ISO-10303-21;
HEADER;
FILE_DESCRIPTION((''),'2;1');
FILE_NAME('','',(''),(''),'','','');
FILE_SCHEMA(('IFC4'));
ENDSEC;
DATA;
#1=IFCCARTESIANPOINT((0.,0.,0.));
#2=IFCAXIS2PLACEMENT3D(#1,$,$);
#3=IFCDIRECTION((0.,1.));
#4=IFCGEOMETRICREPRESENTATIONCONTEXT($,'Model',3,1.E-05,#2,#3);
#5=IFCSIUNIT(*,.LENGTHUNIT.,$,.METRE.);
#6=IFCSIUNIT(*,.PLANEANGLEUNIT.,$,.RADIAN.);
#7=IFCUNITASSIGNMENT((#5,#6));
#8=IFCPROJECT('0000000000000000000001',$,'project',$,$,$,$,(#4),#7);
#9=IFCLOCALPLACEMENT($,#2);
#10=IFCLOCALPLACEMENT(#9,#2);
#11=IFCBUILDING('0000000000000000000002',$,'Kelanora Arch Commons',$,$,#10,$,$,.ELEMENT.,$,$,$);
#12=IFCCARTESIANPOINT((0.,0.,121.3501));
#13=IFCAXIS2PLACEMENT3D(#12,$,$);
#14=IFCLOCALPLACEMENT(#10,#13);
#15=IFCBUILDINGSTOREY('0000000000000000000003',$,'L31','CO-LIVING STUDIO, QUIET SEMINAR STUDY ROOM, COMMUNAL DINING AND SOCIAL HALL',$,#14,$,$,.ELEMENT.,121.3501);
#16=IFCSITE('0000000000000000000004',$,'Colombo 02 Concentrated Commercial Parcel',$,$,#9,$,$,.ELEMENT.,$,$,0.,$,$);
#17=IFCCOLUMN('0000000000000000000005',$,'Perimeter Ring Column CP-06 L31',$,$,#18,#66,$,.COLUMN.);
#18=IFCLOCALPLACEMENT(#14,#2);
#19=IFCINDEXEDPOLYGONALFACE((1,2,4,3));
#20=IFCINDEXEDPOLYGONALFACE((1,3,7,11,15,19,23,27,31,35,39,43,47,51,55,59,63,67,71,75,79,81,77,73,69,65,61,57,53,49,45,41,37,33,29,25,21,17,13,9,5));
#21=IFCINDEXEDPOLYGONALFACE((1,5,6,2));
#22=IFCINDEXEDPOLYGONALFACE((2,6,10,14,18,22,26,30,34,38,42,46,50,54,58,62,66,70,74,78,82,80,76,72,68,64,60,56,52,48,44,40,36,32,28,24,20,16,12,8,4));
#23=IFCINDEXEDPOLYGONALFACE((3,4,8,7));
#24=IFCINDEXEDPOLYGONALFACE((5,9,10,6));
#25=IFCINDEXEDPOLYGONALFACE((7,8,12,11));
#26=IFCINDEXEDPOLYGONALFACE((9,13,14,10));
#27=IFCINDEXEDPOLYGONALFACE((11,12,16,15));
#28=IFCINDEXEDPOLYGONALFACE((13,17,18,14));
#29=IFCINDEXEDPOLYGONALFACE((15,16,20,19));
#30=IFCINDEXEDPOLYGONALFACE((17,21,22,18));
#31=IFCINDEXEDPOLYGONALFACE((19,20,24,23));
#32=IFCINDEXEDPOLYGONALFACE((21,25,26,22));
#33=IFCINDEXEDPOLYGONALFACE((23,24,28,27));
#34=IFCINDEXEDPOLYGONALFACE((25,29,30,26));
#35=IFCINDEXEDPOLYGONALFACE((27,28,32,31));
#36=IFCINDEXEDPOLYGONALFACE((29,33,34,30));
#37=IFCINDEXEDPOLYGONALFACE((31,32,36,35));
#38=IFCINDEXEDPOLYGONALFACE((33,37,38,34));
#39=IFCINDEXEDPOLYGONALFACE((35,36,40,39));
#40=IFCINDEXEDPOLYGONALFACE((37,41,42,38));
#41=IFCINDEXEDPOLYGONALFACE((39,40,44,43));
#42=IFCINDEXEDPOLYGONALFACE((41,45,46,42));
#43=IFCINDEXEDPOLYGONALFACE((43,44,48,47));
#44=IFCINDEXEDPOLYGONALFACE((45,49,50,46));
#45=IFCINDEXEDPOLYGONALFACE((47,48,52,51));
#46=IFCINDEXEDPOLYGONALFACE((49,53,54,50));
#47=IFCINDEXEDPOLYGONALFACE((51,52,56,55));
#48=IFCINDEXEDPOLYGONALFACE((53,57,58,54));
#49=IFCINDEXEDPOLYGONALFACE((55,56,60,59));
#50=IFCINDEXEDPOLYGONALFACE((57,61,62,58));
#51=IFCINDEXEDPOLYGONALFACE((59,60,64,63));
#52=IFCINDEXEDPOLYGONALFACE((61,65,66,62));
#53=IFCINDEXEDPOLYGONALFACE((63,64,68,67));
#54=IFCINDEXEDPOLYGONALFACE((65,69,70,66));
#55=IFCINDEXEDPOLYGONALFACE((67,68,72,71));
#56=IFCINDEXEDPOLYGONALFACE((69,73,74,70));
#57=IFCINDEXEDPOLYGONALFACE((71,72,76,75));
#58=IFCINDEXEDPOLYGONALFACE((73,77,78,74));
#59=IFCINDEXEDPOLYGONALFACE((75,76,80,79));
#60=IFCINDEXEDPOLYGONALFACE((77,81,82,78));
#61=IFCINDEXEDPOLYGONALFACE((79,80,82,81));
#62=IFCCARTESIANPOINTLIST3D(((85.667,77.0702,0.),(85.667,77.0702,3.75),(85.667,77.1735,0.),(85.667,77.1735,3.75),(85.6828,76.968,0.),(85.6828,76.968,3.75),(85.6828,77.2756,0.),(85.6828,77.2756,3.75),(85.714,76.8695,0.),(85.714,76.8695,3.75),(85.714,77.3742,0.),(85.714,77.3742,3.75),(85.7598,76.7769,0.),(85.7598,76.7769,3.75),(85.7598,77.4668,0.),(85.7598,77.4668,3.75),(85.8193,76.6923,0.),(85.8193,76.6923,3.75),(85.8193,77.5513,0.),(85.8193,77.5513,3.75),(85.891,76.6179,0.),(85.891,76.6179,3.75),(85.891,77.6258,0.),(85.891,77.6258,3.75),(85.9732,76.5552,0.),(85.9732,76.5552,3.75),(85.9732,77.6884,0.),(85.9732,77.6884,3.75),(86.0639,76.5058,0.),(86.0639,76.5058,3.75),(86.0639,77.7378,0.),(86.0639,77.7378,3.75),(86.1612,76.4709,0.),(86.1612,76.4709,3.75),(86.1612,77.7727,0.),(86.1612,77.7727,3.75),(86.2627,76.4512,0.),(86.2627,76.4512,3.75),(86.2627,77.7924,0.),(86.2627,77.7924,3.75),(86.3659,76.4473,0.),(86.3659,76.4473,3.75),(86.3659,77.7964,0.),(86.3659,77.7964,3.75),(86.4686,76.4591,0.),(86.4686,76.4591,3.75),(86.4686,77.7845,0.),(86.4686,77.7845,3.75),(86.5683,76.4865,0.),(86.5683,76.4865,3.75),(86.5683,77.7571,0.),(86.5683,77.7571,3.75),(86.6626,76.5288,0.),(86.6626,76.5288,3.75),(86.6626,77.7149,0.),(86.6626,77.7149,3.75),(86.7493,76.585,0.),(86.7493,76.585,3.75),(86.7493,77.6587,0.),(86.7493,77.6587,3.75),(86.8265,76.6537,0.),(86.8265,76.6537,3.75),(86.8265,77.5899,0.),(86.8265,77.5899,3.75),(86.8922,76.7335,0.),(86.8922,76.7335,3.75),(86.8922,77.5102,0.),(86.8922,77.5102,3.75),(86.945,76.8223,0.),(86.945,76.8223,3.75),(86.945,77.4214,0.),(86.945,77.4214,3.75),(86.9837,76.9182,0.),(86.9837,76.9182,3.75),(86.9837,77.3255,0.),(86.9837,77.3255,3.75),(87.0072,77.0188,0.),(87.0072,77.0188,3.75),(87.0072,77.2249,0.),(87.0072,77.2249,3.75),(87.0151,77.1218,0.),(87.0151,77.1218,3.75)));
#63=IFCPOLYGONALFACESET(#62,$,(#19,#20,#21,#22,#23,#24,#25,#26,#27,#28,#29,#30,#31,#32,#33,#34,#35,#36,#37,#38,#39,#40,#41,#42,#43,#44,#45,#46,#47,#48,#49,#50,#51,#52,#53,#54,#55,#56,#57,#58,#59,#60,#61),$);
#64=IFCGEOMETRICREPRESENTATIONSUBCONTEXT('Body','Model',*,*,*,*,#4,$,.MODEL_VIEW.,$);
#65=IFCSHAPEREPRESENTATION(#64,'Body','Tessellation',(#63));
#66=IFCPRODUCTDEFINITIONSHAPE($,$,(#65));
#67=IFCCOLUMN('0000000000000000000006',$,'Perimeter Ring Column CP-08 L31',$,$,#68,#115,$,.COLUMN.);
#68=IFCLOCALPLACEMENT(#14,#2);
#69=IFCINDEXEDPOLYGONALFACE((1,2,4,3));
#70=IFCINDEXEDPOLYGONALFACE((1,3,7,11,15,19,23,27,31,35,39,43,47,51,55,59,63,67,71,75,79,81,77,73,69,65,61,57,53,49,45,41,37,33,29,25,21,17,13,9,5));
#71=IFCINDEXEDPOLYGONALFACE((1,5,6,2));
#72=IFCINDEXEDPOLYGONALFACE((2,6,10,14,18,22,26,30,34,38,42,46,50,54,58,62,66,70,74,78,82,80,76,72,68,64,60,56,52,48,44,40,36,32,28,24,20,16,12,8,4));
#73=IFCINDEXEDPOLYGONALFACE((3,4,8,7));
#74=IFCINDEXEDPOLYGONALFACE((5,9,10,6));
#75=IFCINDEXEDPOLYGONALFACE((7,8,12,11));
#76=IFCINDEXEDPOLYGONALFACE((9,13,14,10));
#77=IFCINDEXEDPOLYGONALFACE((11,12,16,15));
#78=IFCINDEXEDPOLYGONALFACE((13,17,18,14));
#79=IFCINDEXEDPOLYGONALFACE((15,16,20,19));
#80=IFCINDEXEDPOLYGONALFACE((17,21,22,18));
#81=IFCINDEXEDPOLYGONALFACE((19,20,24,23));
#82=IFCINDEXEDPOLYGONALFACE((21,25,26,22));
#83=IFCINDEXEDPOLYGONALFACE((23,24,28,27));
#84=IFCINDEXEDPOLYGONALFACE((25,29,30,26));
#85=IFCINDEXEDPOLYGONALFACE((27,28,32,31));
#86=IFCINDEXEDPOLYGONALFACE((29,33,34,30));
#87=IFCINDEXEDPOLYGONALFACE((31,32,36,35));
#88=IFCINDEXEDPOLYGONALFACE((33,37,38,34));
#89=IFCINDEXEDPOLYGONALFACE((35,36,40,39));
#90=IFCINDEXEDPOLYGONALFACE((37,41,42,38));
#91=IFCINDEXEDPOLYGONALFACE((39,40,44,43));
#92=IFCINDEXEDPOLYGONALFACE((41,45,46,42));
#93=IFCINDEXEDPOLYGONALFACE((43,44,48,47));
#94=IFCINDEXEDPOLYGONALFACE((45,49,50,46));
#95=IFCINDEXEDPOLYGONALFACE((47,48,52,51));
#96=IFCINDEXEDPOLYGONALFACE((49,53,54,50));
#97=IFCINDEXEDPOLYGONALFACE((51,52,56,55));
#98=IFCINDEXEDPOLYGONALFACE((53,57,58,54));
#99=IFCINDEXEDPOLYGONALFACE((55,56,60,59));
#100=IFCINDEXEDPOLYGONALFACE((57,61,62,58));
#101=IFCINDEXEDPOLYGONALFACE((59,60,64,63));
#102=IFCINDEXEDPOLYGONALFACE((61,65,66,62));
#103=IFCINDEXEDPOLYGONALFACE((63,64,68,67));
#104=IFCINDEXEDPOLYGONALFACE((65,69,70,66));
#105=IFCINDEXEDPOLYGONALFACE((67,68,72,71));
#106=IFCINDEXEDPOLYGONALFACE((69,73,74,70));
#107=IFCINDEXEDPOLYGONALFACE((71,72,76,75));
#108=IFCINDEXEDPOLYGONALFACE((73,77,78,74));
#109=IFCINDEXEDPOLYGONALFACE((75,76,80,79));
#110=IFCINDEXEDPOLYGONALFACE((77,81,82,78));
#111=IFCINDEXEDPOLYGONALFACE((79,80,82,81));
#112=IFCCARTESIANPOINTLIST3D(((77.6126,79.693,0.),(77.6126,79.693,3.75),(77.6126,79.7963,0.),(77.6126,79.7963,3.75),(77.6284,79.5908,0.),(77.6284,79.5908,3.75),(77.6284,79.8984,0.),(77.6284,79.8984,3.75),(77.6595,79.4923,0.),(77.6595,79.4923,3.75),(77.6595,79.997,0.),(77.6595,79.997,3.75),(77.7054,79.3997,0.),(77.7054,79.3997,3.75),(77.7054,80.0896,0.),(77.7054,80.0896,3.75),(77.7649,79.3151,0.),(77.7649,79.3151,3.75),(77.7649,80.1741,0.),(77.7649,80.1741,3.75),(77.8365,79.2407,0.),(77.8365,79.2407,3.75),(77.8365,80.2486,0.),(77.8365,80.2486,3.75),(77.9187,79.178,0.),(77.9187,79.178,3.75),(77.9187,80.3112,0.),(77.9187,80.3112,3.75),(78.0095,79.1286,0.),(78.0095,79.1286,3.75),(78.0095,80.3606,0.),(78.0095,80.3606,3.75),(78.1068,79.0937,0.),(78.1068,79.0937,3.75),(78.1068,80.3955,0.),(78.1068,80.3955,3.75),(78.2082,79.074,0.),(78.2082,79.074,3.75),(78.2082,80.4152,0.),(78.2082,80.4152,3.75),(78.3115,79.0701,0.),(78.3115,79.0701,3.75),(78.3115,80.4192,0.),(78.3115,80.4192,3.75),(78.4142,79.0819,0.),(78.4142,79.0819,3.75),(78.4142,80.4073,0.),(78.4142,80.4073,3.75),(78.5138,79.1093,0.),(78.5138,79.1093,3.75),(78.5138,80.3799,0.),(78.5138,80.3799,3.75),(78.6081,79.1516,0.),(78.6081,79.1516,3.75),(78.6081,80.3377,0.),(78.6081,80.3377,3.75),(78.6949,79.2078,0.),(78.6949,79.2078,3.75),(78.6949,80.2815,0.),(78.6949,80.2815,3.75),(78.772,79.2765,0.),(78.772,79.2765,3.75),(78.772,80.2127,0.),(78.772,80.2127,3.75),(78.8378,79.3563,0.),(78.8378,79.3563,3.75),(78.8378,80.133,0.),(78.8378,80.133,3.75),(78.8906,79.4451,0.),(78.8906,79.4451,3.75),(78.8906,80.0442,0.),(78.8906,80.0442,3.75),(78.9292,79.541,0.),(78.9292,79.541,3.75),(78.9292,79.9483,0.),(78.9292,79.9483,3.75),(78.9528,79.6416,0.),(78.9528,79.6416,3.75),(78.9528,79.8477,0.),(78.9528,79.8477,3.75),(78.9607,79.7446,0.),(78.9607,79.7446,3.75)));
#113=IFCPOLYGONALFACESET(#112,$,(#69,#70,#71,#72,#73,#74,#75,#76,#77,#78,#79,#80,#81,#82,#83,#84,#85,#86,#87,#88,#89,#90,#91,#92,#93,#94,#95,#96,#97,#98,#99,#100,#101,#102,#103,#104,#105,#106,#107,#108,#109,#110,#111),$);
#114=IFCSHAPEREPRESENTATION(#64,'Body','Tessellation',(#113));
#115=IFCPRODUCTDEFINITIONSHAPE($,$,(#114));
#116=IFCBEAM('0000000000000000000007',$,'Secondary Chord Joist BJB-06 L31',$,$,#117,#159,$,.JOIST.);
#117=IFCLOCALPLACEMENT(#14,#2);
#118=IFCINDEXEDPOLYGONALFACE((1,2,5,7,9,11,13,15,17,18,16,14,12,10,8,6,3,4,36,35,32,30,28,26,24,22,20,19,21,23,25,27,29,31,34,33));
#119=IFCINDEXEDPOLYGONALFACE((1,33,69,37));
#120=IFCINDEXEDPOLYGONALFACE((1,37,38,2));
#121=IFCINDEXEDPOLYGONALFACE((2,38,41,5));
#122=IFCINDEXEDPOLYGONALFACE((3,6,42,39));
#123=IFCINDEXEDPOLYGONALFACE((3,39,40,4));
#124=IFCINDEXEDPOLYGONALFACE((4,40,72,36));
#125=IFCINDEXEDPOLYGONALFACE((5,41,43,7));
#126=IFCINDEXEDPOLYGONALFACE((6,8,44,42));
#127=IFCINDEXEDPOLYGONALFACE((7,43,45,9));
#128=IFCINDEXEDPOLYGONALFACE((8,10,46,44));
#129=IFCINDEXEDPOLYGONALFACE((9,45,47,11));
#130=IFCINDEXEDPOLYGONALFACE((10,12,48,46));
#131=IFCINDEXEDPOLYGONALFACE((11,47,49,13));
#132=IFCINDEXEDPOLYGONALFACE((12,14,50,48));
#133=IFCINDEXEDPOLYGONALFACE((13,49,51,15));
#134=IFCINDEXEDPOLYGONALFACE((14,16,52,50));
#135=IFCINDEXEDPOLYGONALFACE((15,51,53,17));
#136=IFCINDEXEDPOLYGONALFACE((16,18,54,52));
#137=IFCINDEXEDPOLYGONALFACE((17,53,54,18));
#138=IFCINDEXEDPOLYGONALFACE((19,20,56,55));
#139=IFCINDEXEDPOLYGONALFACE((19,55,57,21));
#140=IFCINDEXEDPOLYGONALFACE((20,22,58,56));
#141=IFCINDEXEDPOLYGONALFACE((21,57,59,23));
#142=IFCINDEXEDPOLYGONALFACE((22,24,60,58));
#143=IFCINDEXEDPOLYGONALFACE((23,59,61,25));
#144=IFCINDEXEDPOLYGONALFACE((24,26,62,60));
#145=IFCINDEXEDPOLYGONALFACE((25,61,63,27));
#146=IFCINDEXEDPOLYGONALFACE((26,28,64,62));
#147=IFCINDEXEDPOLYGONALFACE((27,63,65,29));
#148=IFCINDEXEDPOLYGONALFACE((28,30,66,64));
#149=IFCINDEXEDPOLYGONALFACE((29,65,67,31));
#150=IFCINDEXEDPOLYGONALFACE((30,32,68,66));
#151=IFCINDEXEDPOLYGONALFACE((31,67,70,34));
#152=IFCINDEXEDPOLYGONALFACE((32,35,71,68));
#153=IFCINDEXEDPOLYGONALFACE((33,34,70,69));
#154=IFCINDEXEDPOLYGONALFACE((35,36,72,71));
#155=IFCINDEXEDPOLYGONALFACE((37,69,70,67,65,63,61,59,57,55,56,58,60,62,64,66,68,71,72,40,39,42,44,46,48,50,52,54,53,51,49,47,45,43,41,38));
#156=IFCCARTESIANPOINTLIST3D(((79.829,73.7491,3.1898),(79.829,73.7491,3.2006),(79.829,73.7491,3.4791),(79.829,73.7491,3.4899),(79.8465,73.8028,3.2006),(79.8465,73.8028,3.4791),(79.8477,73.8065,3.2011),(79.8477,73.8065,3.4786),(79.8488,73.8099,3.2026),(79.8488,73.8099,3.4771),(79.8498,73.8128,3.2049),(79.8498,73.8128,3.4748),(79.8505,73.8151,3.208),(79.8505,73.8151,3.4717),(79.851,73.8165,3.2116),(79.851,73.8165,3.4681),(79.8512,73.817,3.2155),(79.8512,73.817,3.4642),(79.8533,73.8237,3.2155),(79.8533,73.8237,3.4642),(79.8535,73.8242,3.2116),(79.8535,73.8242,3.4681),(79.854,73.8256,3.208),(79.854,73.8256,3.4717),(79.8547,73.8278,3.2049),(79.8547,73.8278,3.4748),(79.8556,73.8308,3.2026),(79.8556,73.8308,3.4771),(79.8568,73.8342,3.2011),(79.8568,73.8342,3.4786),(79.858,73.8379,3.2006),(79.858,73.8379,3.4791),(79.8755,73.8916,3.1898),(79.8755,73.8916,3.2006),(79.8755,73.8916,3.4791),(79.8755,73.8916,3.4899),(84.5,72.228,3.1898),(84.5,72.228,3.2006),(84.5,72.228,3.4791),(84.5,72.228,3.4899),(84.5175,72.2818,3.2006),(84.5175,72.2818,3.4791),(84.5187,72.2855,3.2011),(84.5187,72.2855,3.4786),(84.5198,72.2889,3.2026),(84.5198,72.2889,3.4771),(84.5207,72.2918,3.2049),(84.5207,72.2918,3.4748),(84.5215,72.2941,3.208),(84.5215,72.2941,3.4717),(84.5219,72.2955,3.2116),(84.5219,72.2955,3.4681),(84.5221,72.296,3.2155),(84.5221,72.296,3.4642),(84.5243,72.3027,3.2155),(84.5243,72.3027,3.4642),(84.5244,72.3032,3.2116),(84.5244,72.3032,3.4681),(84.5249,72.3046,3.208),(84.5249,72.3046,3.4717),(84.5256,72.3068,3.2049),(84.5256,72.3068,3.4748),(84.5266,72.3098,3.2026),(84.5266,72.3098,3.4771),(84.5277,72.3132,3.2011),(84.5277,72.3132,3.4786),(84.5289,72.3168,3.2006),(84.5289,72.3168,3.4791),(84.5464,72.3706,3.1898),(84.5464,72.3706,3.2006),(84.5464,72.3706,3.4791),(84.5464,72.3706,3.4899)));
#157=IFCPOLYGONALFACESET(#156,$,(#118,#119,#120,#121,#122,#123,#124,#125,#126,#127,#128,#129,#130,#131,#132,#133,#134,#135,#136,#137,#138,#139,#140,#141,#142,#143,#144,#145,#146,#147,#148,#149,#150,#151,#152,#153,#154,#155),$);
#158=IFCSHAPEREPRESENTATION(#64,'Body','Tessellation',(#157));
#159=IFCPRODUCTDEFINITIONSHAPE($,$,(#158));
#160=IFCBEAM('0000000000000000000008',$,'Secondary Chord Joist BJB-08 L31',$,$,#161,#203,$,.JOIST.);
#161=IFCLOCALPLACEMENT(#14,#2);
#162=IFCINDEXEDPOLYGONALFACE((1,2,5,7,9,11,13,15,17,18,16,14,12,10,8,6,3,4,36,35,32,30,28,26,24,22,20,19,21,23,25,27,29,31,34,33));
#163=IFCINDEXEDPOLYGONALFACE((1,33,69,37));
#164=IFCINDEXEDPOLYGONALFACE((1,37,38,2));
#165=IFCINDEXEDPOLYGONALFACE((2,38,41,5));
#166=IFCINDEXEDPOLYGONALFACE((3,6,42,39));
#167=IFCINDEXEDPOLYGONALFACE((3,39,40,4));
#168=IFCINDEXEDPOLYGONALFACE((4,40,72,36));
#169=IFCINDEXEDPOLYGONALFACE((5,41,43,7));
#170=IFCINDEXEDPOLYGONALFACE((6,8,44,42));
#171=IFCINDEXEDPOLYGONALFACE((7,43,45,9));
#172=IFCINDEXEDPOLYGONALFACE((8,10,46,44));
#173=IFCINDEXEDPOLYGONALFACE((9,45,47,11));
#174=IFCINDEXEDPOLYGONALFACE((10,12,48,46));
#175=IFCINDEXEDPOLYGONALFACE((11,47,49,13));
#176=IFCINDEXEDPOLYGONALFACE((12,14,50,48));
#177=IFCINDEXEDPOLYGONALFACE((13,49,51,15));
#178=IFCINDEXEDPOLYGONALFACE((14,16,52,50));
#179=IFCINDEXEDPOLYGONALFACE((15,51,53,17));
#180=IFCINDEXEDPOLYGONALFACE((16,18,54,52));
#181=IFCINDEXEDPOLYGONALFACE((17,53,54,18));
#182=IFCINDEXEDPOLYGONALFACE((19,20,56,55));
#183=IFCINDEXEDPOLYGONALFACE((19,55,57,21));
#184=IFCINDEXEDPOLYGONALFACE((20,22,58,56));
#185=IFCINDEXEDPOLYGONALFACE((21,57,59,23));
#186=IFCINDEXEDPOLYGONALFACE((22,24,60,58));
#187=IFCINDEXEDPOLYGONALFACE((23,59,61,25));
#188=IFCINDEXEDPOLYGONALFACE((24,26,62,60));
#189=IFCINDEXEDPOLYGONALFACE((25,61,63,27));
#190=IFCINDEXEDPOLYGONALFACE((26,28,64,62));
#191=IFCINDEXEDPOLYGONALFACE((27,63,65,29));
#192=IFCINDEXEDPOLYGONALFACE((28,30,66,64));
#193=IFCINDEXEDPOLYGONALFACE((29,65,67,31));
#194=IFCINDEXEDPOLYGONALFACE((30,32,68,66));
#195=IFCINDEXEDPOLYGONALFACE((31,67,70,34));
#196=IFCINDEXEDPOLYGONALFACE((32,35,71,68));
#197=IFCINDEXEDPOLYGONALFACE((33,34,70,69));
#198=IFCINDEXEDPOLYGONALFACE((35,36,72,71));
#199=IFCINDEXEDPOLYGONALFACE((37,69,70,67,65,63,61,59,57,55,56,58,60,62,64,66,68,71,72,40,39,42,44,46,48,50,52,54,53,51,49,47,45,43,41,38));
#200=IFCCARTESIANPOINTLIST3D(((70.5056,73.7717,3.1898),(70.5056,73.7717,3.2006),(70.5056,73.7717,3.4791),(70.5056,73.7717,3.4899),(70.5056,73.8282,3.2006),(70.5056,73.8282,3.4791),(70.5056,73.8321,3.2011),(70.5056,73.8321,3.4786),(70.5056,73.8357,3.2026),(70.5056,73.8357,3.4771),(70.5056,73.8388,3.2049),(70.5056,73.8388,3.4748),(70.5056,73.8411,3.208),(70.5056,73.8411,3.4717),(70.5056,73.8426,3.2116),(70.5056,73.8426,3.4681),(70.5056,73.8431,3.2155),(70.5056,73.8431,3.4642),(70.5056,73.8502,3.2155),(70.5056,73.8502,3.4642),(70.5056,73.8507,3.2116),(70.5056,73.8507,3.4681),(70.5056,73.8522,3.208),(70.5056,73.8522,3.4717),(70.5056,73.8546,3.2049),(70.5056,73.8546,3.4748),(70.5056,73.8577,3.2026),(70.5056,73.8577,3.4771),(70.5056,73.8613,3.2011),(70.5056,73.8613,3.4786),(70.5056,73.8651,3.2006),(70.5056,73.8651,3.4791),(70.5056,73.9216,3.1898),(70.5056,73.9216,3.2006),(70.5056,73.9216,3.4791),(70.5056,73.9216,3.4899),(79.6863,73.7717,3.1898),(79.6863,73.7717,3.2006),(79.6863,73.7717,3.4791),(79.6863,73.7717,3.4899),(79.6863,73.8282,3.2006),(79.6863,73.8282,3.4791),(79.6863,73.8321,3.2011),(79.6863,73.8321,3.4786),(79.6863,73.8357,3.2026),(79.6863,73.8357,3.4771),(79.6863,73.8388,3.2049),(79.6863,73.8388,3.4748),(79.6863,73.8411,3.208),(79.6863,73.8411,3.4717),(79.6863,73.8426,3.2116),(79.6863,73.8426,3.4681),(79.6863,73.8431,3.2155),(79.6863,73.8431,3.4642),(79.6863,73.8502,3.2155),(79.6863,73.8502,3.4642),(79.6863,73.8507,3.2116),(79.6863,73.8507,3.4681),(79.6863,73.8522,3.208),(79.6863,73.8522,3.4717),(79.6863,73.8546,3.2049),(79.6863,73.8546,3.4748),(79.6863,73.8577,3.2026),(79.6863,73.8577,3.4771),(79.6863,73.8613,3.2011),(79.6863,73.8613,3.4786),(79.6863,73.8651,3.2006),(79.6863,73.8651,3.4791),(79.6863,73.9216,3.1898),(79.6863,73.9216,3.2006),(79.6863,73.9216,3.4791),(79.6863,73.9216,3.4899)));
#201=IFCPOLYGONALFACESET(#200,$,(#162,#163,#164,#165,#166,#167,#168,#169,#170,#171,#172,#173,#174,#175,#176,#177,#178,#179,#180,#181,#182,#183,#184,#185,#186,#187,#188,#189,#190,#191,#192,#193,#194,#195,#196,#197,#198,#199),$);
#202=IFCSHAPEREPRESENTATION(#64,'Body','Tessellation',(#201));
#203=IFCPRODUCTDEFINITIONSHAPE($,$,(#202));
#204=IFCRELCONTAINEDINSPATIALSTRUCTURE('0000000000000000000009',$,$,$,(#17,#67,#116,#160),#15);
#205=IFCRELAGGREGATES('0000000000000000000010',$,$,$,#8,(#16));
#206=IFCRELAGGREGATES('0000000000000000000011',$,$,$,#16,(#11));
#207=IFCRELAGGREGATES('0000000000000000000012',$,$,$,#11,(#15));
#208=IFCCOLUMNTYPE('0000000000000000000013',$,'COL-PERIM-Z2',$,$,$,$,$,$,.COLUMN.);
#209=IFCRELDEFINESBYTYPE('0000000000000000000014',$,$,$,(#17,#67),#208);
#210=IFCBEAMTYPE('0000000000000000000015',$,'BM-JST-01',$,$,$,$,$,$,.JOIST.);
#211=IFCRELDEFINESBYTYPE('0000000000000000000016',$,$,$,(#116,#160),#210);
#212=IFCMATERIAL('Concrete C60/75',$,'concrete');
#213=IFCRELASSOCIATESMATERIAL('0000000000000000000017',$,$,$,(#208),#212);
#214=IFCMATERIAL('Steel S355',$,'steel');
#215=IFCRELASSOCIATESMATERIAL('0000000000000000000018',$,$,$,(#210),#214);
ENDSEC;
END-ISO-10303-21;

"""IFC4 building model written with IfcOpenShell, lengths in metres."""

from ifc_helpers import new_model, si_unit, direction, frame, origin, origin_2d, place, context, subcontext, project, spatial, circle, i_section, extrude, material, material_profile, profile_set, type_object, element, save


model = new_model("IFC4")

# Units and contexts
model_context = context("Model", 3, precision=1e-05, world=origin(), true_north=direction((0.0, 1.0)))
body_context = subcontext(model_context, "Body", "Model", "MODEL_VIEW")
ifc_project = project(units=[si_unit("LENGTHUNIT", "METRE"), si_unit("PLANEANGLEUNIT", "RADIAN")], contexts=[model_context])

# Site, building, storey
site_placement = place(None, origin())
site = spatial("IfcSite", under=ifc_project, at=site_placement, Name="Colombo 02 Concentrated Commercial Parcel", CompositionType="ELEMENT", RefElevation=0.0)
building_placement = place(site_placement, origin())
building = spatial("IfcBuilding", under=site, at=building_placement, Name="Kelanora Arch Commons", CompositionType="ELEMENT")
storey_placement = place(building_placement, frame((0.0, 0.0, 121.3501)))
storey = spatial("IfcBuildingStorey", under=building, at=storey_placement, Name="L31", Description="CO-LIVING STUDIO, QUIET SEMINAR STUDY ROOM, COMMUNAL DINING AND SOCIAL HALL", CompositionType="ELEMENT", Elevation=121.3501)

# Columns
ifc_material_1 = material(Name="Concrete C60/75", Category="concrete")
ifc_material_profile_1 = material_profile(ifc_material_1, circle(Radius=0.675, at=origin_2d()), Name="RCC1350")
ifc_profile_set_1 = profile_set([ifc_material_profile_1], Name="Concrete C60/75")
column_type = type_object("IfcColumnType", Name="COL-PERIM-Z2", PredefinedType="COLUMN", material=ifc_profile_set_1)
for number, where, z_axis, x_axis, name in (
    (1, (86.3401, 77.1218, 0.0), (0.0, 0.0, 1.0), (1.0, 0.0, 0.0), "Perimeter Ring Column CP-06 L31"),
    (2, (78.2856, 79.7446, 0.0), (0.0, 0.0, 1.0), (1.0, 0.0, 0.0), "Perimeter Ring Column CP-08 L31"),
):
    element("IfcColumn", number, at=place(storey_placement, frame(where, z_axis=z_axis, x_axis=x_axis)), inside=storey, type_object=column_type, Name=name, PredefinedType="COLUMN", context=body_context, shape_type="SweptSolid", body=[
        extrude(circle(Radius=0.675, at=origin_2d()), origin(), (0.0, 0.0, 1.0), 3.75),
    ])

# Beams
ifc_material_2 = material(Name="Steel S355", Category="steel")
ifc_material_profile_2 = material_profile(ifc_material_2, i_section(OverallWidth=0.1499, OverallDepth=0.3, WebThickness=0.0071, FlangeThickness=0.0107, FilletRadius=0.0149, at=origin_2d()), Name="IPE300")
ifc_profile_set_2 = profile_set([ifc_material_profile_2], Name="Steel S355")
beam_type_1 = type_object("IfcBeamType", Name="BM-JST-01", PredefinedType="JOIST", material=ifc_profile_set_2)
beam_1_placement = place(storey_placement, frame((84.5232, 72.2993, 3.3398), z_axis=(-0.950857, 0.30963, 0.0), x_axis=(-0.30963, -0.950857, 0.0)))
element("IfcBeam", 3, at=beam_1_placement, inside=storey, type_object=beam_type_1, Name="Secondary Chord Joist BJB-06 L31", PredefinedType="JOIST", context=body_context, shape_type="SweptSolid", body=[
    extrude(i_section(OverallWidth=0.1499, OverallDepth=0.3, WebThickness=0.0071, FlangeThickness=0.0107, FilletRadius=0.0149, at=origin_2d()), origin(), (0.0, 0.0, 1.0), 4.9124),
])
beam_2_placement = place(storey_placement, frame((79.6863, 73.8467, 3.3398), z_axis=(-1.0, 0.0, 0.0), x_axis=(0.0, -1.0, 0.0)))
element("IfcBeam", 4, at=beam_2_placement, inside=storey, type_object=beam_type_1, Name="Secondary Chord Joist BJB-08 L31", PredefinedType="JOIST", context=body_context, shape_type="SweptSolid", body=[
    extrude(i_section(OverallWidth=0.1499, OverallDepth=0.3, WebThickness=0.0071, FlangeThickness=0.0107, FilletRadius=0.0149, at=origin_2d()), origin(), (0.0, 0.0, 1.0), 9.1807),
])

save(model, "model.ifc")
